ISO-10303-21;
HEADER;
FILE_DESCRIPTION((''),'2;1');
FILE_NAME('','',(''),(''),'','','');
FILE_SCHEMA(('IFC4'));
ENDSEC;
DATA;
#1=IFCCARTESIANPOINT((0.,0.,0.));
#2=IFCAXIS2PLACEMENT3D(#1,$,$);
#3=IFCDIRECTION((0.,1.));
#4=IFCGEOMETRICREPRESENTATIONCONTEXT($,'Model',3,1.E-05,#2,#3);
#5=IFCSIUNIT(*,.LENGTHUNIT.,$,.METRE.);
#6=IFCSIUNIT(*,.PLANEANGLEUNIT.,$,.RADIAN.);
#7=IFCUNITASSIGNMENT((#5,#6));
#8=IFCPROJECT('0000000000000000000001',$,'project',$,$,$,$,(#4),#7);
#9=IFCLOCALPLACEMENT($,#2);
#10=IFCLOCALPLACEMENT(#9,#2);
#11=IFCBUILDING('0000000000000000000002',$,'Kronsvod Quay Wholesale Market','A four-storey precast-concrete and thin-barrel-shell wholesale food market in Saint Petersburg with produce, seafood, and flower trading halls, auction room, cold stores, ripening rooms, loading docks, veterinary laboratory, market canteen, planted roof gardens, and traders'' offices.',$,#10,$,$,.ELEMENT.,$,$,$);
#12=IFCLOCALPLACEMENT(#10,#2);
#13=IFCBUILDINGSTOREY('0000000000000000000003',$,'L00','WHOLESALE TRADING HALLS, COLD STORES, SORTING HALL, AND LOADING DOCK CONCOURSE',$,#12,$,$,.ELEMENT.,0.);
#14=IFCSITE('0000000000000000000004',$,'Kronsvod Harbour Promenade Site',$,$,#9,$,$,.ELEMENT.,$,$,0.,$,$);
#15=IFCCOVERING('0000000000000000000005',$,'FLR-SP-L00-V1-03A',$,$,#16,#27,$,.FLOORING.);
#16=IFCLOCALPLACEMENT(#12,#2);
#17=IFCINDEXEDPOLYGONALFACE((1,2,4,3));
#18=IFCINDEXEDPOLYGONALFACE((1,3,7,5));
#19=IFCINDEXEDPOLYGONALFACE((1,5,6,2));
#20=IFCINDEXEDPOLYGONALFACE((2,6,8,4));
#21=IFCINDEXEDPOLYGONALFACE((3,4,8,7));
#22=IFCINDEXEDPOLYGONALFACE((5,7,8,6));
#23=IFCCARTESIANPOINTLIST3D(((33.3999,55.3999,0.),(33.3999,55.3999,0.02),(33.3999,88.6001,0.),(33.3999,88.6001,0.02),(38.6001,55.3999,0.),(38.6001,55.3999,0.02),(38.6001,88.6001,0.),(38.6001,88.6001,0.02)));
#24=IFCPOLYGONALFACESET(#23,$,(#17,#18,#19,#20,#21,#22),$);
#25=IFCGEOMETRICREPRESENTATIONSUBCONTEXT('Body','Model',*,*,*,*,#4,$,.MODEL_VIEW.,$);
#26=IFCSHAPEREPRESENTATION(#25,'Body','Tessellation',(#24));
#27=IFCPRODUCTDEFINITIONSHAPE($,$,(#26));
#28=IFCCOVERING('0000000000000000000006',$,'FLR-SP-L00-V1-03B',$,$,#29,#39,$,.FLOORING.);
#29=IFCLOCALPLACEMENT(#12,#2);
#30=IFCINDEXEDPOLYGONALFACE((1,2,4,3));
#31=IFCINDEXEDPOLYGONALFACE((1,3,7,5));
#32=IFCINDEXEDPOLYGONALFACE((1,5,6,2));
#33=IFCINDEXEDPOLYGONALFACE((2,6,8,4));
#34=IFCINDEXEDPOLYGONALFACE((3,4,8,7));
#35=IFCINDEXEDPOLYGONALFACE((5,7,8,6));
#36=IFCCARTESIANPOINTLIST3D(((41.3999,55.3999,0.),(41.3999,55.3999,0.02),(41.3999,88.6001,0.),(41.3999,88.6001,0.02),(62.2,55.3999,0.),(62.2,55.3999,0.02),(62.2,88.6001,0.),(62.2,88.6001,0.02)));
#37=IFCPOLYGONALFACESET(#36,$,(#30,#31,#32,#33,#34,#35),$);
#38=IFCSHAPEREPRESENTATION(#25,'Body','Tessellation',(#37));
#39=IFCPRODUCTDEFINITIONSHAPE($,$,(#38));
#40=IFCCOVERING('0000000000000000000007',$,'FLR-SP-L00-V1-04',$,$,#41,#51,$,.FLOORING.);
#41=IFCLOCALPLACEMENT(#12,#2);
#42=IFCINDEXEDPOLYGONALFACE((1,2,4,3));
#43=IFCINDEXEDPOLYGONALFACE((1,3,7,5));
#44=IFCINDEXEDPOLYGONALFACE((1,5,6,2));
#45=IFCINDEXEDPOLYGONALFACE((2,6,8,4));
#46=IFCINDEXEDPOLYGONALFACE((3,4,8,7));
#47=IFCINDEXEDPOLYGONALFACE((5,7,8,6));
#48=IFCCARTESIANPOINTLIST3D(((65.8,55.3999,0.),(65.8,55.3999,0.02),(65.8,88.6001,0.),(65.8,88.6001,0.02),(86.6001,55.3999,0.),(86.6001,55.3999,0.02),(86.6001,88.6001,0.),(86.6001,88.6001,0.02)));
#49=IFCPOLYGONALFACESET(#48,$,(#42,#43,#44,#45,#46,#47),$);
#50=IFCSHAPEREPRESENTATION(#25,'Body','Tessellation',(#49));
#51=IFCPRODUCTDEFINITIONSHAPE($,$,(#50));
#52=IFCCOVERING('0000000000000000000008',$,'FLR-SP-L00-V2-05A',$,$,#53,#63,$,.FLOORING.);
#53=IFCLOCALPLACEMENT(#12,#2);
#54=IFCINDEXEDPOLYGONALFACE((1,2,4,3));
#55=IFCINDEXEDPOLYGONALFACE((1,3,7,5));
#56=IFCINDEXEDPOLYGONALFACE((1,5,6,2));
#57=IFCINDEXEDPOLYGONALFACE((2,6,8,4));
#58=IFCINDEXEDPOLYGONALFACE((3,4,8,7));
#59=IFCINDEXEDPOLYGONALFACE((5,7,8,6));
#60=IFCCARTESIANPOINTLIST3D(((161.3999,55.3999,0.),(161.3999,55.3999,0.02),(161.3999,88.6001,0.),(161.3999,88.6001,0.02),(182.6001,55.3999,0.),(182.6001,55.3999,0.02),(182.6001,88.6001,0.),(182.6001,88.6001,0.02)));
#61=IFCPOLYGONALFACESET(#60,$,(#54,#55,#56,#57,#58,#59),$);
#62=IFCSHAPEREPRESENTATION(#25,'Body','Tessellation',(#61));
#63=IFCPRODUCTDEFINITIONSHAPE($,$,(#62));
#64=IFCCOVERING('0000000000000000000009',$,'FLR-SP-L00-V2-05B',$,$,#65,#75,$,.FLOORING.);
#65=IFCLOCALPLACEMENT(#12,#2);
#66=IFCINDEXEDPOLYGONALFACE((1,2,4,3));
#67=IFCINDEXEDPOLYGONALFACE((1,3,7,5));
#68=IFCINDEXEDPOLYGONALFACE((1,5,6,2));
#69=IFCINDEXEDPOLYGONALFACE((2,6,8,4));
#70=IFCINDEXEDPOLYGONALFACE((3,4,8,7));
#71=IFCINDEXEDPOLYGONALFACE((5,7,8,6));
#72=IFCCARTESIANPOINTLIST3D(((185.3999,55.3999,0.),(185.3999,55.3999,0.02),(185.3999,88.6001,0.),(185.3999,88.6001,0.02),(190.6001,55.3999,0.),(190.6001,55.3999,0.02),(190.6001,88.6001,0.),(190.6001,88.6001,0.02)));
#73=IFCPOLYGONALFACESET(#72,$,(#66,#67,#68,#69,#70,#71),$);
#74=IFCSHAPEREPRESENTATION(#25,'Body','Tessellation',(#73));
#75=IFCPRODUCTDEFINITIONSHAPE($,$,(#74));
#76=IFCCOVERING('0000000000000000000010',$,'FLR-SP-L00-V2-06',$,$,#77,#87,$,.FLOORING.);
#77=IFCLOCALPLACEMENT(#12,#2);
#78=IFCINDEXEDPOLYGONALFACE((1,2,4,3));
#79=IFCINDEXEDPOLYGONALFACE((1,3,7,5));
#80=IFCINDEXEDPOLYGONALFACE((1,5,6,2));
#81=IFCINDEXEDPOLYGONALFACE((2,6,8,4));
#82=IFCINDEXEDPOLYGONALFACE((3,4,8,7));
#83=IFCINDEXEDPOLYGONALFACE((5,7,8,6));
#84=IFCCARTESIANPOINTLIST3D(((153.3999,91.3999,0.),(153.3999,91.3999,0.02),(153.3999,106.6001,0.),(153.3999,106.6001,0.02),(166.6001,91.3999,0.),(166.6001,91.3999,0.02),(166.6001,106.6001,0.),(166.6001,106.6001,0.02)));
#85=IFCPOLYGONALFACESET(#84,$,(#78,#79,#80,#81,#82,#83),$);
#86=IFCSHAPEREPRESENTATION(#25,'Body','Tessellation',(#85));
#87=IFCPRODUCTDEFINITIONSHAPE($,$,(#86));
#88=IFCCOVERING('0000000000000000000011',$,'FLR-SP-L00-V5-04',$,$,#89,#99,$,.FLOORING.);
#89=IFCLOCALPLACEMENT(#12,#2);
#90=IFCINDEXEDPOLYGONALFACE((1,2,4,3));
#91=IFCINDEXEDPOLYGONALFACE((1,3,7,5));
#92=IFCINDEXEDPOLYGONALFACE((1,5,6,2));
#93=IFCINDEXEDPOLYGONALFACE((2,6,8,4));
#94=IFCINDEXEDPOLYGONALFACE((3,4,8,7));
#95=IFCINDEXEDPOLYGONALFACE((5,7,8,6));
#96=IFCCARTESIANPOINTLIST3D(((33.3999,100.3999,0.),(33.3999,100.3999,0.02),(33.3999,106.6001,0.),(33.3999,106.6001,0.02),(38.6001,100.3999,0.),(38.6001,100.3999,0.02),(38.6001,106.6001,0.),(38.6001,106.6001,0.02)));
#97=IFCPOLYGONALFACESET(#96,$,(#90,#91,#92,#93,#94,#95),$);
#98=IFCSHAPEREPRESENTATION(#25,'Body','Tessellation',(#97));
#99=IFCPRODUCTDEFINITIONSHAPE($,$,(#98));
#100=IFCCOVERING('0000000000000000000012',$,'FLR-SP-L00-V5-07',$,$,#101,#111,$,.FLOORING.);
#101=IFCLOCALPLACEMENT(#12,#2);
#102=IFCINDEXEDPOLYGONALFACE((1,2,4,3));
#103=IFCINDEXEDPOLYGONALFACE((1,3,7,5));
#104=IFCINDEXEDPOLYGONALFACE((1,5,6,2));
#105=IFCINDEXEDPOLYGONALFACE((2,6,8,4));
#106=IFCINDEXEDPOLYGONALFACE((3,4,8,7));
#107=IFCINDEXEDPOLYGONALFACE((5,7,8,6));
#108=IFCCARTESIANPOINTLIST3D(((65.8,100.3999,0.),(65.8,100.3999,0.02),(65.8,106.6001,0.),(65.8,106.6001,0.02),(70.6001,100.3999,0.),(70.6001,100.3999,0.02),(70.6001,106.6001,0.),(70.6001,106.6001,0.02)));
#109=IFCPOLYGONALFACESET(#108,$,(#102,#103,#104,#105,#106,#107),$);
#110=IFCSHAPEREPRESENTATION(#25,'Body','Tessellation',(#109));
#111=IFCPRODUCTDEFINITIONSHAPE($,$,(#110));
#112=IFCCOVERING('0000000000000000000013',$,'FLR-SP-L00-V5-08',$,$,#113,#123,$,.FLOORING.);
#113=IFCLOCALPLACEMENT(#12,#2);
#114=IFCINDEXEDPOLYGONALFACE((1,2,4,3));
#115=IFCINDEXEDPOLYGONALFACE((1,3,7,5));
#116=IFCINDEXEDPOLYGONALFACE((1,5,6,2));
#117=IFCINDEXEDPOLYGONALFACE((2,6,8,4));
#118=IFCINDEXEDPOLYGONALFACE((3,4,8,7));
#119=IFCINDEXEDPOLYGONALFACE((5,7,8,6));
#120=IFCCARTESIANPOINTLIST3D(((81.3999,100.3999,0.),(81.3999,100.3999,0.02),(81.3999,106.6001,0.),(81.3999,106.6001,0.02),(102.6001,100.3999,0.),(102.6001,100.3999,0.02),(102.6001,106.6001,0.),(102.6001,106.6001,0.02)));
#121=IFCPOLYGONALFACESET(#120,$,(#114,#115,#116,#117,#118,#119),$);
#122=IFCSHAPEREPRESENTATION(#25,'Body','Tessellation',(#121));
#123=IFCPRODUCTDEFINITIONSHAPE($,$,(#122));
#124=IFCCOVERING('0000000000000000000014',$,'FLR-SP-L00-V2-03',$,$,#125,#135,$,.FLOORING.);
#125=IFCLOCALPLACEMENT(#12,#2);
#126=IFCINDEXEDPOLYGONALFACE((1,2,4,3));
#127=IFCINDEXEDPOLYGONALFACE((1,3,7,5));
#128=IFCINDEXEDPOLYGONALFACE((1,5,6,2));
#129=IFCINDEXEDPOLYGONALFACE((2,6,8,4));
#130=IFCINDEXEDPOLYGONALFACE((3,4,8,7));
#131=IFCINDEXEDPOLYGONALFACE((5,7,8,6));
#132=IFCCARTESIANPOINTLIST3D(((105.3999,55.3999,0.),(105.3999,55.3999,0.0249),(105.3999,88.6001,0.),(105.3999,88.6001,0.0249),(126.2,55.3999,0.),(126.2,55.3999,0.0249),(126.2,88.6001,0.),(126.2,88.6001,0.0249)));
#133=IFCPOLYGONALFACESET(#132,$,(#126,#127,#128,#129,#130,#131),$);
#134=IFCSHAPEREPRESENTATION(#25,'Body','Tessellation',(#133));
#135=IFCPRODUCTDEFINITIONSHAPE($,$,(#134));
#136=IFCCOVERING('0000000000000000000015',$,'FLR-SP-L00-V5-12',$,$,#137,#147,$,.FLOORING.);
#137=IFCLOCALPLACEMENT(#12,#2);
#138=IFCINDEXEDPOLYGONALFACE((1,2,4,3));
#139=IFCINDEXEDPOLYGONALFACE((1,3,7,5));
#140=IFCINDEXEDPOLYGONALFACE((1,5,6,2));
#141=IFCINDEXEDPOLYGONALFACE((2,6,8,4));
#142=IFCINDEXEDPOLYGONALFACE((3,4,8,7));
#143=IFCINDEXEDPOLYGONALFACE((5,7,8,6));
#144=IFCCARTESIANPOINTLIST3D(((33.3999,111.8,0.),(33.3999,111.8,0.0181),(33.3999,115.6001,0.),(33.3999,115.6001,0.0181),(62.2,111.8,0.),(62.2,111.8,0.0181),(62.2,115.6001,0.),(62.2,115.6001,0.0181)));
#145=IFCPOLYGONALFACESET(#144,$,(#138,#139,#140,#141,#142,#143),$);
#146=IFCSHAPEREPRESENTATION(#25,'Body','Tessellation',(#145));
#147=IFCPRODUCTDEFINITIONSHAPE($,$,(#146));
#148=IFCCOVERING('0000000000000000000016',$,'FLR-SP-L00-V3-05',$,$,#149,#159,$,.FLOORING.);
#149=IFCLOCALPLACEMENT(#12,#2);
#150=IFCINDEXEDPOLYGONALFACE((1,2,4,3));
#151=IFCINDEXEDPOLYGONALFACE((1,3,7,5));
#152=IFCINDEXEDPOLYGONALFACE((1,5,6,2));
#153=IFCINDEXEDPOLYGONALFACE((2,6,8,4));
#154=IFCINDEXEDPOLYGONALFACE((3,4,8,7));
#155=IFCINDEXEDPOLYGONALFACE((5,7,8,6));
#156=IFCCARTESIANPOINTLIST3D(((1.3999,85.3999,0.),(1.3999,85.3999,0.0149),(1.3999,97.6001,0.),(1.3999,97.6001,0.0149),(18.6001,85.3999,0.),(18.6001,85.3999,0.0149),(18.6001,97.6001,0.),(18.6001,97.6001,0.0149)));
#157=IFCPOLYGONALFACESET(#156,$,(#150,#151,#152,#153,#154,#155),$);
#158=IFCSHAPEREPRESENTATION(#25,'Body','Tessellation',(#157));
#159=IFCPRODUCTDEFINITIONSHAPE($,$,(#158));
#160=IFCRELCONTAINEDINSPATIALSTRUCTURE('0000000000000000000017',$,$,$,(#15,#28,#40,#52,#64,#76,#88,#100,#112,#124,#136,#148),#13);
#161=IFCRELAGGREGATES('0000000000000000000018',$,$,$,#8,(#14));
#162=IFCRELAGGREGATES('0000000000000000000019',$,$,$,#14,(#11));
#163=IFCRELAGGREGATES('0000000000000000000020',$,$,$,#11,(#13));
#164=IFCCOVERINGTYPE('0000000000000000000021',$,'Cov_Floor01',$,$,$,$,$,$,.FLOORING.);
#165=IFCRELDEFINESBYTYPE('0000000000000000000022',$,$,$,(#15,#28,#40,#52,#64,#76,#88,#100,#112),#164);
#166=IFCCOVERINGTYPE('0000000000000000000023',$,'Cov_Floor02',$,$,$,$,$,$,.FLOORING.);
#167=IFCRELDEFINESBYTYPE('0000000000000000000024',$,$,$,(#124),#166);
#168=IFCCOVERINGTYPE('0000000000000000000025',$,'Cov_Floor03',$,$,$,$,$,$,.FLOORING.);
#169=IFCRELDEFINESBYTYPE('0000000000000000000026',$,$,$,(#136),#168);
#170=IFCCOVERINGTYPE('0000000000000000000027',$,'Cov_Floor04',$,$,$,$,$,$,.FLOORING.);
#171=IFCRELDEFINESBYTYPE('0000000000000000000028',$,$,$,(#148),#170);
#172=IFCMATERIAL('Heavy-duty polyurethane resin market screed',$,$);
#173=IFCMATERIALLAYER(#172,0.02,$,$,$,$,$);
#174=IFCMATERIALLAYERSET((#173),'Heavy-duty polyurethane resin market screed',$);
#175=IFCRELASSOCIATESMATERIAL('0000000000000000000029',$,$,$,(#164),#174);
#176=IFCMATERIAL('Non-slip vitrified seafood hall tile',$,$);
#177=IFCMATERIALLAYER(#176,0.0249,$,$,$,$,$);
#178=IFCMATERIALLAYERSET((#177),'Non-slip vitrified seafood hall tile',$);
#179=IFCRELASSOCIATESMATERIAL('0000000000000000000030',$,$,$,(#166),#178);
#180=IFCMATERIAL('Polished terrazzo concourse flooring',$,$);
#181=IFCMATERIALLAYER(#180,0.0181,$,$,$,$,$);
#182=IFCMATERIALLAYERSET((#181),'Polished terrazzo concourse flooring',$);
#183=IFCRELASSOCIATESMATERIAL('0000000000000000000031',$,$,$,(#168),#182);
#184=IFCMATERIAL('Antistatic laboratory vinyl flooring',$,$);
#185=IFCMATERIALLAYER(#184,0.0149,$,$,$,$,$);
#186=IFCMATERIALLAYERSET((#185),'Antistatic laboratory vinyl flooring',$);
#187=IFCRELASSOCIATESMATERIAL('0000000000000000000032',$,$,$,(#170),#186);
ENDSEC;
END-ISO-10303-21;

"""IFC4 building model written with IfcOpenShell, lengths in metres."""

from ifc_helpers import new_model, si_unit, direction, origin, place, context, subcontext, project, spatial, polyline, outline, extrude, material, layer, layer_set, type_object, element, save


model = new_model("IFC4")

# Units and contexts
model_context = context("Model", 3, precision=1e-05, world=origin(), true_north=direction((0.0, 1.0)))
body_context = subcontext(model_context, "Body", "Model", "MODEL_VIEW")
ifc_project = project(units=[si_unit("LENGTHUNIT", "METRE"), si_unit("PLANEANGLEUNIT", "RADIAN")], contexts=[model_context])

# Site, building, storey
site_placement = place(None, origin())
site = spatial("IfcSite", under=ifc_project, at=site_placement, Name="Kronsvod Harbour Promenade Site", CompositionType="ELEMENT", RefElevation=0.0)
building_placement = place(site_placement, origin())
building = spatial("IfcBuilding", under=site, at=building_placement, Name="Kronsvod Quay Wholesale Market", Description="A four-storey precast-concrete and thin-barrel-shell wholesale food market in Saint Petersburg with produce, seafood, and flower trading halls, auction room, cold stores, ripening rooms, loading docks, veterinary laboratory, market canteen, planted roof gardens, and traders' offices.", CompositionType="ELEMENT")
storey_placement = place(building_placement, origin())
storey = spatial("IfcBuildingStorey", under=building, at=storey_placement, Name="L00", Description="WHOLESALE TRADING HALLS, COLD STORES, SORTING HALL, AND LOADING DOCK CONCOURSE", CompositionType="ELEMENT", Elevation=0.0)

# Coverings
ifc_material_1 = material(Name="Heavy-duty polyurethane resin market screed")
ifc_layer_1 = layer(ifc_material_1, 0.02)
ifc_layer_set_1 = layer_set([ifc_layer_1], Name="Heavy-duty polyurethane resin market screed")
covering_type_1 = type_object("IfcCoveringType", Name="Cov_Floor01", PredefinedType="FLOORING", material=ifc_layer_set_1)
covering_1_placement = place(storey_placement, origin())
element("IfcCovering", 1, at=covering_1_placement, inside=storey, type_object=covering_type_1, Name="FLR-SP-L00-V1-03A", PredefinedType="FLOORING", context=body_context, shape_type="SweptSolid", body=[
    extrude(outline(polyline([(33.3999, 55.3999), (38.6001, 55.3999), (38.6001, 88.6001), (33.3999, 88.6001), (33.3999, 55.3999)])), origin(), (0.0, 0.0, 1.0), 0.02),
])
covering_2_placement = place(storey_placement, origin())
element("IfcCovering", 2, at=covering_2_placement, inside=storey, type_object=covering_type_1, Name="FLR-SP-L00-V1-03B", PredefinedType="FLOORING", context=body_context, shape_type="SweptSolid", body=[
    extrude(outline(polyline([(41.3999, 55.3999), (62.2, 55.3999), (62.2, 88.6001), (41.3999, 88.6001), (41.3999, 55.3999)])), origin(), (0.0, 0.0, 1.0), 0.02),
])
covering_3_placement = place(storey_placement, origin())
element("IfcCovering", 3, at=covering_3_placement, inside=storey, type_object=covering_type_1, Name="FLR-SP-L00-V1-04", PredefinedType="FLOORING", context=body_context, shape_type="SweptSolid", body=[
    extrude(outline(polyline([(65.8, 55.3999), (86.6001, 55.3999), (86.6001, 88.6001), (65.8, 88.6001), (65.8, 55.3999)])), origin(), (0.0, 0.0, 1.0), 0.02),
])
covering_4_placement = place(storey_placement, origin())
element("IfcCovering", 4, at=covering_4_placement, inside=storey, type_object=covering_type_1, Name="FLR-SP-L00-V2-05A", PredefinedType="FLOORING", context=body_context, shape_type="SweptSolid", body=[
    extrude(outline(polyline([(161.3999, 55.3999), (182.6001, 55.3999), (182.6001, 88.6001), (161.3999, 88.6001), (161.3999, 55.3999)])), origin(), (0.0, 0.0, 1.0), 0.02),
])
covering_5_placement = place(storey_placement, origin())
element("IfcCovering", 5, at=covering_5_placement, inside=storey, type_object=covering_type_1, Name="FLR-SP-L00-V2-05B", PredefinedType="FLOORING", context=body_context, shape_type="SweptSolid", body=[
    extrude(outline(polyline([(185.3999, 55.3999), (190.6001, 55.3999), (190.6001, 88.6001), (185.3999, 88.6001), (185.3999, 55.3999)])), origin(), (0.0, 0.0, 1.0), 0.02),
])
covering_6_placement = place(storey_placement, origin())
element("IfcCovering", 6, at=covering_6_placement, inside=storey, type_object=covering_type_1, Name="FLR-SP-L00-V2-06", PredefinedType="FLOORING", context=body_context, shape_type="SweptSolid", body=[
    extrude(outline(polyline([(153.3999, 91.3999), (166.6001, 91.3999), (166.6001, 106.6001), (153.3999, 106.6001), (153.3999, 91.3999)])), origin(), (0.0, 0.0, 1.0), 0.02),
])
covering_7_placement = place(storey_placement, origin())
element("IfcCovering", 7, at=covering_7_placement, inside=storey, type_object=covering_type_1, Name="FLR-SP-L00-V5-04", PredefinedType="FLOORING", context=body_context, shape_type="SweptSolid", body=[
    extrude(outline(polyline([(33.3999, 100.3999), (38.6001, 100.3999), (38.6001, 106.6001), (33.3999, 106.6001), (33.3999, 100.3999)])), origin(), (0.0, 0.0, 1.0), 0.02),
])
covering_8_placement = place(storey_placement, origin())
element("IfcCovering", 8, at=covering_8_placement, inside=storey, type_object=covering_type_1, Name="FLR-SP-L00-V5-07", PredefinedType="FLOORING", context=body_context, shape_type="SweptSolid", body=[
    extrude(outline(polyline([(65.8, 100.3999), (70.6001, 100.3999), (70.6001, 106.6001), (65.8, 106.6001), (65.8, 100.3999)])), origin(), (0.0, 0.0, 1.0), 0.02),
])
covering_9_placement = place(storey_placement, origin())
element("IfcCovering", 9, at=covering_9_placement, inside=storey, type_object=covering_type_1, Name="FLR-SP-L00-V5-08", PredefinedType="FLOORING", context=body_context, shape_type="SweptSolid", body=[
    extrude(outline(polyline([(81.3999, 100.3999), (102.6001, 100.3999), (102.6001, 106.6001), (81.3999, 106.6001), (81.3999, 100.3999)])), origin(), (0.0, 0.0, 1.0), 0.02),
])
ifc_material_2 = material(Name="Non-slip vitrified seafood hall tile")
ifc_layer_2 = layer(ifc_material_2, 0.0249)
ifc_layer_set_2 = layer_set([ifc_layer_2], Name="Non-slip vitrified seafood hall tile")
covering_type_2 = type_object("IfcCoveringType", Name="Cov_Floor02", PredefinedType="FLOORING", material=ifc_layer_set_2)
covering_10_placement = place(storey_placement, origin())
element("IfcCovering", 10, at=covering_10_placement, inside=storey, type_object=covering_type_2, Name="FLR-SP-L00-V2-03", PredefinedType="FLOORING", context=body_context, shape_type="SweptSolid", body=[
    extrude(outline(polyline([(105.3999, 55.3999), (126.2, 55.3999), (126.2, 88.6001), (105.3999, 88.6001), (105.3999, 55.3999)])), origin(), (0.0, 0.0, 1.0), 0.0249),
])
ifc_material_3 = material(Name="Polished terrazzo concourse flooring")
ifc_layer_3 = layer(ifc_material_3, 0.0181)
ifc_layer_set_3 = layer_set([ifc_layer_3], Name="Polished terrazzo concourse flooring")
covering_type_3 = type_object("IfcCoveringType", Name="Cov_Floor03", PredefinedType="FLOORING", material=ifc_layer_set_3)
covering_11_placement = place(storey_placement, origin())
element("IfcCovering", 11, at=covering_11_placement, inside=storey, type_object=covering_type_3, Name="FLR-SP-L00-V5-12", PredefinedType="FLOORING", context=body_context, shape_type="SweptSolid", body=[
    extrude(outline(polyline([(33.3999, 111.8), (62.2, 111.8), (62.2, 115.6001), (33.3999, 115.6001), (33.3999, 111.8)])), origin(), (0.0, 0.0, 1.0), 0.0181),
])
ifc_material_4 = material(Name="Antistatic laboratory vinyl flooring")
ifc_layer_4 = layer(ifc_material_4, 0.0149)
ifc_layer_set_4 = layer_set([ifc_layer_4], Name="Antistatic laboratory vinyl flooring")
covering_type_4 = type_object("IfcCoveringType", Name="Cov_Floor04", PredefinedType="FLOORING", material=ifc_layer_set_4)
covering_12_placement = place(storey_placement, origin())
element("IfcCovering", 12, at=covering_12_placement, inside=storey, type_object=covering_type_4, Name="FLR-SP-L00-V3-05", PredefinedType="FLOORING", context=body_context, shape_type="SweptSolid", body=[
    extrude(outline(polyline([(1.3999, 85.3999), (18.6001, 85.3999), (18.6001, 97.6001), (1.3999, 97.6001), (1.3999, 85.3999)])), origin(), (0.0, 0.0, 1.0), 0.0149),
])

save(model, "model.ifc")
